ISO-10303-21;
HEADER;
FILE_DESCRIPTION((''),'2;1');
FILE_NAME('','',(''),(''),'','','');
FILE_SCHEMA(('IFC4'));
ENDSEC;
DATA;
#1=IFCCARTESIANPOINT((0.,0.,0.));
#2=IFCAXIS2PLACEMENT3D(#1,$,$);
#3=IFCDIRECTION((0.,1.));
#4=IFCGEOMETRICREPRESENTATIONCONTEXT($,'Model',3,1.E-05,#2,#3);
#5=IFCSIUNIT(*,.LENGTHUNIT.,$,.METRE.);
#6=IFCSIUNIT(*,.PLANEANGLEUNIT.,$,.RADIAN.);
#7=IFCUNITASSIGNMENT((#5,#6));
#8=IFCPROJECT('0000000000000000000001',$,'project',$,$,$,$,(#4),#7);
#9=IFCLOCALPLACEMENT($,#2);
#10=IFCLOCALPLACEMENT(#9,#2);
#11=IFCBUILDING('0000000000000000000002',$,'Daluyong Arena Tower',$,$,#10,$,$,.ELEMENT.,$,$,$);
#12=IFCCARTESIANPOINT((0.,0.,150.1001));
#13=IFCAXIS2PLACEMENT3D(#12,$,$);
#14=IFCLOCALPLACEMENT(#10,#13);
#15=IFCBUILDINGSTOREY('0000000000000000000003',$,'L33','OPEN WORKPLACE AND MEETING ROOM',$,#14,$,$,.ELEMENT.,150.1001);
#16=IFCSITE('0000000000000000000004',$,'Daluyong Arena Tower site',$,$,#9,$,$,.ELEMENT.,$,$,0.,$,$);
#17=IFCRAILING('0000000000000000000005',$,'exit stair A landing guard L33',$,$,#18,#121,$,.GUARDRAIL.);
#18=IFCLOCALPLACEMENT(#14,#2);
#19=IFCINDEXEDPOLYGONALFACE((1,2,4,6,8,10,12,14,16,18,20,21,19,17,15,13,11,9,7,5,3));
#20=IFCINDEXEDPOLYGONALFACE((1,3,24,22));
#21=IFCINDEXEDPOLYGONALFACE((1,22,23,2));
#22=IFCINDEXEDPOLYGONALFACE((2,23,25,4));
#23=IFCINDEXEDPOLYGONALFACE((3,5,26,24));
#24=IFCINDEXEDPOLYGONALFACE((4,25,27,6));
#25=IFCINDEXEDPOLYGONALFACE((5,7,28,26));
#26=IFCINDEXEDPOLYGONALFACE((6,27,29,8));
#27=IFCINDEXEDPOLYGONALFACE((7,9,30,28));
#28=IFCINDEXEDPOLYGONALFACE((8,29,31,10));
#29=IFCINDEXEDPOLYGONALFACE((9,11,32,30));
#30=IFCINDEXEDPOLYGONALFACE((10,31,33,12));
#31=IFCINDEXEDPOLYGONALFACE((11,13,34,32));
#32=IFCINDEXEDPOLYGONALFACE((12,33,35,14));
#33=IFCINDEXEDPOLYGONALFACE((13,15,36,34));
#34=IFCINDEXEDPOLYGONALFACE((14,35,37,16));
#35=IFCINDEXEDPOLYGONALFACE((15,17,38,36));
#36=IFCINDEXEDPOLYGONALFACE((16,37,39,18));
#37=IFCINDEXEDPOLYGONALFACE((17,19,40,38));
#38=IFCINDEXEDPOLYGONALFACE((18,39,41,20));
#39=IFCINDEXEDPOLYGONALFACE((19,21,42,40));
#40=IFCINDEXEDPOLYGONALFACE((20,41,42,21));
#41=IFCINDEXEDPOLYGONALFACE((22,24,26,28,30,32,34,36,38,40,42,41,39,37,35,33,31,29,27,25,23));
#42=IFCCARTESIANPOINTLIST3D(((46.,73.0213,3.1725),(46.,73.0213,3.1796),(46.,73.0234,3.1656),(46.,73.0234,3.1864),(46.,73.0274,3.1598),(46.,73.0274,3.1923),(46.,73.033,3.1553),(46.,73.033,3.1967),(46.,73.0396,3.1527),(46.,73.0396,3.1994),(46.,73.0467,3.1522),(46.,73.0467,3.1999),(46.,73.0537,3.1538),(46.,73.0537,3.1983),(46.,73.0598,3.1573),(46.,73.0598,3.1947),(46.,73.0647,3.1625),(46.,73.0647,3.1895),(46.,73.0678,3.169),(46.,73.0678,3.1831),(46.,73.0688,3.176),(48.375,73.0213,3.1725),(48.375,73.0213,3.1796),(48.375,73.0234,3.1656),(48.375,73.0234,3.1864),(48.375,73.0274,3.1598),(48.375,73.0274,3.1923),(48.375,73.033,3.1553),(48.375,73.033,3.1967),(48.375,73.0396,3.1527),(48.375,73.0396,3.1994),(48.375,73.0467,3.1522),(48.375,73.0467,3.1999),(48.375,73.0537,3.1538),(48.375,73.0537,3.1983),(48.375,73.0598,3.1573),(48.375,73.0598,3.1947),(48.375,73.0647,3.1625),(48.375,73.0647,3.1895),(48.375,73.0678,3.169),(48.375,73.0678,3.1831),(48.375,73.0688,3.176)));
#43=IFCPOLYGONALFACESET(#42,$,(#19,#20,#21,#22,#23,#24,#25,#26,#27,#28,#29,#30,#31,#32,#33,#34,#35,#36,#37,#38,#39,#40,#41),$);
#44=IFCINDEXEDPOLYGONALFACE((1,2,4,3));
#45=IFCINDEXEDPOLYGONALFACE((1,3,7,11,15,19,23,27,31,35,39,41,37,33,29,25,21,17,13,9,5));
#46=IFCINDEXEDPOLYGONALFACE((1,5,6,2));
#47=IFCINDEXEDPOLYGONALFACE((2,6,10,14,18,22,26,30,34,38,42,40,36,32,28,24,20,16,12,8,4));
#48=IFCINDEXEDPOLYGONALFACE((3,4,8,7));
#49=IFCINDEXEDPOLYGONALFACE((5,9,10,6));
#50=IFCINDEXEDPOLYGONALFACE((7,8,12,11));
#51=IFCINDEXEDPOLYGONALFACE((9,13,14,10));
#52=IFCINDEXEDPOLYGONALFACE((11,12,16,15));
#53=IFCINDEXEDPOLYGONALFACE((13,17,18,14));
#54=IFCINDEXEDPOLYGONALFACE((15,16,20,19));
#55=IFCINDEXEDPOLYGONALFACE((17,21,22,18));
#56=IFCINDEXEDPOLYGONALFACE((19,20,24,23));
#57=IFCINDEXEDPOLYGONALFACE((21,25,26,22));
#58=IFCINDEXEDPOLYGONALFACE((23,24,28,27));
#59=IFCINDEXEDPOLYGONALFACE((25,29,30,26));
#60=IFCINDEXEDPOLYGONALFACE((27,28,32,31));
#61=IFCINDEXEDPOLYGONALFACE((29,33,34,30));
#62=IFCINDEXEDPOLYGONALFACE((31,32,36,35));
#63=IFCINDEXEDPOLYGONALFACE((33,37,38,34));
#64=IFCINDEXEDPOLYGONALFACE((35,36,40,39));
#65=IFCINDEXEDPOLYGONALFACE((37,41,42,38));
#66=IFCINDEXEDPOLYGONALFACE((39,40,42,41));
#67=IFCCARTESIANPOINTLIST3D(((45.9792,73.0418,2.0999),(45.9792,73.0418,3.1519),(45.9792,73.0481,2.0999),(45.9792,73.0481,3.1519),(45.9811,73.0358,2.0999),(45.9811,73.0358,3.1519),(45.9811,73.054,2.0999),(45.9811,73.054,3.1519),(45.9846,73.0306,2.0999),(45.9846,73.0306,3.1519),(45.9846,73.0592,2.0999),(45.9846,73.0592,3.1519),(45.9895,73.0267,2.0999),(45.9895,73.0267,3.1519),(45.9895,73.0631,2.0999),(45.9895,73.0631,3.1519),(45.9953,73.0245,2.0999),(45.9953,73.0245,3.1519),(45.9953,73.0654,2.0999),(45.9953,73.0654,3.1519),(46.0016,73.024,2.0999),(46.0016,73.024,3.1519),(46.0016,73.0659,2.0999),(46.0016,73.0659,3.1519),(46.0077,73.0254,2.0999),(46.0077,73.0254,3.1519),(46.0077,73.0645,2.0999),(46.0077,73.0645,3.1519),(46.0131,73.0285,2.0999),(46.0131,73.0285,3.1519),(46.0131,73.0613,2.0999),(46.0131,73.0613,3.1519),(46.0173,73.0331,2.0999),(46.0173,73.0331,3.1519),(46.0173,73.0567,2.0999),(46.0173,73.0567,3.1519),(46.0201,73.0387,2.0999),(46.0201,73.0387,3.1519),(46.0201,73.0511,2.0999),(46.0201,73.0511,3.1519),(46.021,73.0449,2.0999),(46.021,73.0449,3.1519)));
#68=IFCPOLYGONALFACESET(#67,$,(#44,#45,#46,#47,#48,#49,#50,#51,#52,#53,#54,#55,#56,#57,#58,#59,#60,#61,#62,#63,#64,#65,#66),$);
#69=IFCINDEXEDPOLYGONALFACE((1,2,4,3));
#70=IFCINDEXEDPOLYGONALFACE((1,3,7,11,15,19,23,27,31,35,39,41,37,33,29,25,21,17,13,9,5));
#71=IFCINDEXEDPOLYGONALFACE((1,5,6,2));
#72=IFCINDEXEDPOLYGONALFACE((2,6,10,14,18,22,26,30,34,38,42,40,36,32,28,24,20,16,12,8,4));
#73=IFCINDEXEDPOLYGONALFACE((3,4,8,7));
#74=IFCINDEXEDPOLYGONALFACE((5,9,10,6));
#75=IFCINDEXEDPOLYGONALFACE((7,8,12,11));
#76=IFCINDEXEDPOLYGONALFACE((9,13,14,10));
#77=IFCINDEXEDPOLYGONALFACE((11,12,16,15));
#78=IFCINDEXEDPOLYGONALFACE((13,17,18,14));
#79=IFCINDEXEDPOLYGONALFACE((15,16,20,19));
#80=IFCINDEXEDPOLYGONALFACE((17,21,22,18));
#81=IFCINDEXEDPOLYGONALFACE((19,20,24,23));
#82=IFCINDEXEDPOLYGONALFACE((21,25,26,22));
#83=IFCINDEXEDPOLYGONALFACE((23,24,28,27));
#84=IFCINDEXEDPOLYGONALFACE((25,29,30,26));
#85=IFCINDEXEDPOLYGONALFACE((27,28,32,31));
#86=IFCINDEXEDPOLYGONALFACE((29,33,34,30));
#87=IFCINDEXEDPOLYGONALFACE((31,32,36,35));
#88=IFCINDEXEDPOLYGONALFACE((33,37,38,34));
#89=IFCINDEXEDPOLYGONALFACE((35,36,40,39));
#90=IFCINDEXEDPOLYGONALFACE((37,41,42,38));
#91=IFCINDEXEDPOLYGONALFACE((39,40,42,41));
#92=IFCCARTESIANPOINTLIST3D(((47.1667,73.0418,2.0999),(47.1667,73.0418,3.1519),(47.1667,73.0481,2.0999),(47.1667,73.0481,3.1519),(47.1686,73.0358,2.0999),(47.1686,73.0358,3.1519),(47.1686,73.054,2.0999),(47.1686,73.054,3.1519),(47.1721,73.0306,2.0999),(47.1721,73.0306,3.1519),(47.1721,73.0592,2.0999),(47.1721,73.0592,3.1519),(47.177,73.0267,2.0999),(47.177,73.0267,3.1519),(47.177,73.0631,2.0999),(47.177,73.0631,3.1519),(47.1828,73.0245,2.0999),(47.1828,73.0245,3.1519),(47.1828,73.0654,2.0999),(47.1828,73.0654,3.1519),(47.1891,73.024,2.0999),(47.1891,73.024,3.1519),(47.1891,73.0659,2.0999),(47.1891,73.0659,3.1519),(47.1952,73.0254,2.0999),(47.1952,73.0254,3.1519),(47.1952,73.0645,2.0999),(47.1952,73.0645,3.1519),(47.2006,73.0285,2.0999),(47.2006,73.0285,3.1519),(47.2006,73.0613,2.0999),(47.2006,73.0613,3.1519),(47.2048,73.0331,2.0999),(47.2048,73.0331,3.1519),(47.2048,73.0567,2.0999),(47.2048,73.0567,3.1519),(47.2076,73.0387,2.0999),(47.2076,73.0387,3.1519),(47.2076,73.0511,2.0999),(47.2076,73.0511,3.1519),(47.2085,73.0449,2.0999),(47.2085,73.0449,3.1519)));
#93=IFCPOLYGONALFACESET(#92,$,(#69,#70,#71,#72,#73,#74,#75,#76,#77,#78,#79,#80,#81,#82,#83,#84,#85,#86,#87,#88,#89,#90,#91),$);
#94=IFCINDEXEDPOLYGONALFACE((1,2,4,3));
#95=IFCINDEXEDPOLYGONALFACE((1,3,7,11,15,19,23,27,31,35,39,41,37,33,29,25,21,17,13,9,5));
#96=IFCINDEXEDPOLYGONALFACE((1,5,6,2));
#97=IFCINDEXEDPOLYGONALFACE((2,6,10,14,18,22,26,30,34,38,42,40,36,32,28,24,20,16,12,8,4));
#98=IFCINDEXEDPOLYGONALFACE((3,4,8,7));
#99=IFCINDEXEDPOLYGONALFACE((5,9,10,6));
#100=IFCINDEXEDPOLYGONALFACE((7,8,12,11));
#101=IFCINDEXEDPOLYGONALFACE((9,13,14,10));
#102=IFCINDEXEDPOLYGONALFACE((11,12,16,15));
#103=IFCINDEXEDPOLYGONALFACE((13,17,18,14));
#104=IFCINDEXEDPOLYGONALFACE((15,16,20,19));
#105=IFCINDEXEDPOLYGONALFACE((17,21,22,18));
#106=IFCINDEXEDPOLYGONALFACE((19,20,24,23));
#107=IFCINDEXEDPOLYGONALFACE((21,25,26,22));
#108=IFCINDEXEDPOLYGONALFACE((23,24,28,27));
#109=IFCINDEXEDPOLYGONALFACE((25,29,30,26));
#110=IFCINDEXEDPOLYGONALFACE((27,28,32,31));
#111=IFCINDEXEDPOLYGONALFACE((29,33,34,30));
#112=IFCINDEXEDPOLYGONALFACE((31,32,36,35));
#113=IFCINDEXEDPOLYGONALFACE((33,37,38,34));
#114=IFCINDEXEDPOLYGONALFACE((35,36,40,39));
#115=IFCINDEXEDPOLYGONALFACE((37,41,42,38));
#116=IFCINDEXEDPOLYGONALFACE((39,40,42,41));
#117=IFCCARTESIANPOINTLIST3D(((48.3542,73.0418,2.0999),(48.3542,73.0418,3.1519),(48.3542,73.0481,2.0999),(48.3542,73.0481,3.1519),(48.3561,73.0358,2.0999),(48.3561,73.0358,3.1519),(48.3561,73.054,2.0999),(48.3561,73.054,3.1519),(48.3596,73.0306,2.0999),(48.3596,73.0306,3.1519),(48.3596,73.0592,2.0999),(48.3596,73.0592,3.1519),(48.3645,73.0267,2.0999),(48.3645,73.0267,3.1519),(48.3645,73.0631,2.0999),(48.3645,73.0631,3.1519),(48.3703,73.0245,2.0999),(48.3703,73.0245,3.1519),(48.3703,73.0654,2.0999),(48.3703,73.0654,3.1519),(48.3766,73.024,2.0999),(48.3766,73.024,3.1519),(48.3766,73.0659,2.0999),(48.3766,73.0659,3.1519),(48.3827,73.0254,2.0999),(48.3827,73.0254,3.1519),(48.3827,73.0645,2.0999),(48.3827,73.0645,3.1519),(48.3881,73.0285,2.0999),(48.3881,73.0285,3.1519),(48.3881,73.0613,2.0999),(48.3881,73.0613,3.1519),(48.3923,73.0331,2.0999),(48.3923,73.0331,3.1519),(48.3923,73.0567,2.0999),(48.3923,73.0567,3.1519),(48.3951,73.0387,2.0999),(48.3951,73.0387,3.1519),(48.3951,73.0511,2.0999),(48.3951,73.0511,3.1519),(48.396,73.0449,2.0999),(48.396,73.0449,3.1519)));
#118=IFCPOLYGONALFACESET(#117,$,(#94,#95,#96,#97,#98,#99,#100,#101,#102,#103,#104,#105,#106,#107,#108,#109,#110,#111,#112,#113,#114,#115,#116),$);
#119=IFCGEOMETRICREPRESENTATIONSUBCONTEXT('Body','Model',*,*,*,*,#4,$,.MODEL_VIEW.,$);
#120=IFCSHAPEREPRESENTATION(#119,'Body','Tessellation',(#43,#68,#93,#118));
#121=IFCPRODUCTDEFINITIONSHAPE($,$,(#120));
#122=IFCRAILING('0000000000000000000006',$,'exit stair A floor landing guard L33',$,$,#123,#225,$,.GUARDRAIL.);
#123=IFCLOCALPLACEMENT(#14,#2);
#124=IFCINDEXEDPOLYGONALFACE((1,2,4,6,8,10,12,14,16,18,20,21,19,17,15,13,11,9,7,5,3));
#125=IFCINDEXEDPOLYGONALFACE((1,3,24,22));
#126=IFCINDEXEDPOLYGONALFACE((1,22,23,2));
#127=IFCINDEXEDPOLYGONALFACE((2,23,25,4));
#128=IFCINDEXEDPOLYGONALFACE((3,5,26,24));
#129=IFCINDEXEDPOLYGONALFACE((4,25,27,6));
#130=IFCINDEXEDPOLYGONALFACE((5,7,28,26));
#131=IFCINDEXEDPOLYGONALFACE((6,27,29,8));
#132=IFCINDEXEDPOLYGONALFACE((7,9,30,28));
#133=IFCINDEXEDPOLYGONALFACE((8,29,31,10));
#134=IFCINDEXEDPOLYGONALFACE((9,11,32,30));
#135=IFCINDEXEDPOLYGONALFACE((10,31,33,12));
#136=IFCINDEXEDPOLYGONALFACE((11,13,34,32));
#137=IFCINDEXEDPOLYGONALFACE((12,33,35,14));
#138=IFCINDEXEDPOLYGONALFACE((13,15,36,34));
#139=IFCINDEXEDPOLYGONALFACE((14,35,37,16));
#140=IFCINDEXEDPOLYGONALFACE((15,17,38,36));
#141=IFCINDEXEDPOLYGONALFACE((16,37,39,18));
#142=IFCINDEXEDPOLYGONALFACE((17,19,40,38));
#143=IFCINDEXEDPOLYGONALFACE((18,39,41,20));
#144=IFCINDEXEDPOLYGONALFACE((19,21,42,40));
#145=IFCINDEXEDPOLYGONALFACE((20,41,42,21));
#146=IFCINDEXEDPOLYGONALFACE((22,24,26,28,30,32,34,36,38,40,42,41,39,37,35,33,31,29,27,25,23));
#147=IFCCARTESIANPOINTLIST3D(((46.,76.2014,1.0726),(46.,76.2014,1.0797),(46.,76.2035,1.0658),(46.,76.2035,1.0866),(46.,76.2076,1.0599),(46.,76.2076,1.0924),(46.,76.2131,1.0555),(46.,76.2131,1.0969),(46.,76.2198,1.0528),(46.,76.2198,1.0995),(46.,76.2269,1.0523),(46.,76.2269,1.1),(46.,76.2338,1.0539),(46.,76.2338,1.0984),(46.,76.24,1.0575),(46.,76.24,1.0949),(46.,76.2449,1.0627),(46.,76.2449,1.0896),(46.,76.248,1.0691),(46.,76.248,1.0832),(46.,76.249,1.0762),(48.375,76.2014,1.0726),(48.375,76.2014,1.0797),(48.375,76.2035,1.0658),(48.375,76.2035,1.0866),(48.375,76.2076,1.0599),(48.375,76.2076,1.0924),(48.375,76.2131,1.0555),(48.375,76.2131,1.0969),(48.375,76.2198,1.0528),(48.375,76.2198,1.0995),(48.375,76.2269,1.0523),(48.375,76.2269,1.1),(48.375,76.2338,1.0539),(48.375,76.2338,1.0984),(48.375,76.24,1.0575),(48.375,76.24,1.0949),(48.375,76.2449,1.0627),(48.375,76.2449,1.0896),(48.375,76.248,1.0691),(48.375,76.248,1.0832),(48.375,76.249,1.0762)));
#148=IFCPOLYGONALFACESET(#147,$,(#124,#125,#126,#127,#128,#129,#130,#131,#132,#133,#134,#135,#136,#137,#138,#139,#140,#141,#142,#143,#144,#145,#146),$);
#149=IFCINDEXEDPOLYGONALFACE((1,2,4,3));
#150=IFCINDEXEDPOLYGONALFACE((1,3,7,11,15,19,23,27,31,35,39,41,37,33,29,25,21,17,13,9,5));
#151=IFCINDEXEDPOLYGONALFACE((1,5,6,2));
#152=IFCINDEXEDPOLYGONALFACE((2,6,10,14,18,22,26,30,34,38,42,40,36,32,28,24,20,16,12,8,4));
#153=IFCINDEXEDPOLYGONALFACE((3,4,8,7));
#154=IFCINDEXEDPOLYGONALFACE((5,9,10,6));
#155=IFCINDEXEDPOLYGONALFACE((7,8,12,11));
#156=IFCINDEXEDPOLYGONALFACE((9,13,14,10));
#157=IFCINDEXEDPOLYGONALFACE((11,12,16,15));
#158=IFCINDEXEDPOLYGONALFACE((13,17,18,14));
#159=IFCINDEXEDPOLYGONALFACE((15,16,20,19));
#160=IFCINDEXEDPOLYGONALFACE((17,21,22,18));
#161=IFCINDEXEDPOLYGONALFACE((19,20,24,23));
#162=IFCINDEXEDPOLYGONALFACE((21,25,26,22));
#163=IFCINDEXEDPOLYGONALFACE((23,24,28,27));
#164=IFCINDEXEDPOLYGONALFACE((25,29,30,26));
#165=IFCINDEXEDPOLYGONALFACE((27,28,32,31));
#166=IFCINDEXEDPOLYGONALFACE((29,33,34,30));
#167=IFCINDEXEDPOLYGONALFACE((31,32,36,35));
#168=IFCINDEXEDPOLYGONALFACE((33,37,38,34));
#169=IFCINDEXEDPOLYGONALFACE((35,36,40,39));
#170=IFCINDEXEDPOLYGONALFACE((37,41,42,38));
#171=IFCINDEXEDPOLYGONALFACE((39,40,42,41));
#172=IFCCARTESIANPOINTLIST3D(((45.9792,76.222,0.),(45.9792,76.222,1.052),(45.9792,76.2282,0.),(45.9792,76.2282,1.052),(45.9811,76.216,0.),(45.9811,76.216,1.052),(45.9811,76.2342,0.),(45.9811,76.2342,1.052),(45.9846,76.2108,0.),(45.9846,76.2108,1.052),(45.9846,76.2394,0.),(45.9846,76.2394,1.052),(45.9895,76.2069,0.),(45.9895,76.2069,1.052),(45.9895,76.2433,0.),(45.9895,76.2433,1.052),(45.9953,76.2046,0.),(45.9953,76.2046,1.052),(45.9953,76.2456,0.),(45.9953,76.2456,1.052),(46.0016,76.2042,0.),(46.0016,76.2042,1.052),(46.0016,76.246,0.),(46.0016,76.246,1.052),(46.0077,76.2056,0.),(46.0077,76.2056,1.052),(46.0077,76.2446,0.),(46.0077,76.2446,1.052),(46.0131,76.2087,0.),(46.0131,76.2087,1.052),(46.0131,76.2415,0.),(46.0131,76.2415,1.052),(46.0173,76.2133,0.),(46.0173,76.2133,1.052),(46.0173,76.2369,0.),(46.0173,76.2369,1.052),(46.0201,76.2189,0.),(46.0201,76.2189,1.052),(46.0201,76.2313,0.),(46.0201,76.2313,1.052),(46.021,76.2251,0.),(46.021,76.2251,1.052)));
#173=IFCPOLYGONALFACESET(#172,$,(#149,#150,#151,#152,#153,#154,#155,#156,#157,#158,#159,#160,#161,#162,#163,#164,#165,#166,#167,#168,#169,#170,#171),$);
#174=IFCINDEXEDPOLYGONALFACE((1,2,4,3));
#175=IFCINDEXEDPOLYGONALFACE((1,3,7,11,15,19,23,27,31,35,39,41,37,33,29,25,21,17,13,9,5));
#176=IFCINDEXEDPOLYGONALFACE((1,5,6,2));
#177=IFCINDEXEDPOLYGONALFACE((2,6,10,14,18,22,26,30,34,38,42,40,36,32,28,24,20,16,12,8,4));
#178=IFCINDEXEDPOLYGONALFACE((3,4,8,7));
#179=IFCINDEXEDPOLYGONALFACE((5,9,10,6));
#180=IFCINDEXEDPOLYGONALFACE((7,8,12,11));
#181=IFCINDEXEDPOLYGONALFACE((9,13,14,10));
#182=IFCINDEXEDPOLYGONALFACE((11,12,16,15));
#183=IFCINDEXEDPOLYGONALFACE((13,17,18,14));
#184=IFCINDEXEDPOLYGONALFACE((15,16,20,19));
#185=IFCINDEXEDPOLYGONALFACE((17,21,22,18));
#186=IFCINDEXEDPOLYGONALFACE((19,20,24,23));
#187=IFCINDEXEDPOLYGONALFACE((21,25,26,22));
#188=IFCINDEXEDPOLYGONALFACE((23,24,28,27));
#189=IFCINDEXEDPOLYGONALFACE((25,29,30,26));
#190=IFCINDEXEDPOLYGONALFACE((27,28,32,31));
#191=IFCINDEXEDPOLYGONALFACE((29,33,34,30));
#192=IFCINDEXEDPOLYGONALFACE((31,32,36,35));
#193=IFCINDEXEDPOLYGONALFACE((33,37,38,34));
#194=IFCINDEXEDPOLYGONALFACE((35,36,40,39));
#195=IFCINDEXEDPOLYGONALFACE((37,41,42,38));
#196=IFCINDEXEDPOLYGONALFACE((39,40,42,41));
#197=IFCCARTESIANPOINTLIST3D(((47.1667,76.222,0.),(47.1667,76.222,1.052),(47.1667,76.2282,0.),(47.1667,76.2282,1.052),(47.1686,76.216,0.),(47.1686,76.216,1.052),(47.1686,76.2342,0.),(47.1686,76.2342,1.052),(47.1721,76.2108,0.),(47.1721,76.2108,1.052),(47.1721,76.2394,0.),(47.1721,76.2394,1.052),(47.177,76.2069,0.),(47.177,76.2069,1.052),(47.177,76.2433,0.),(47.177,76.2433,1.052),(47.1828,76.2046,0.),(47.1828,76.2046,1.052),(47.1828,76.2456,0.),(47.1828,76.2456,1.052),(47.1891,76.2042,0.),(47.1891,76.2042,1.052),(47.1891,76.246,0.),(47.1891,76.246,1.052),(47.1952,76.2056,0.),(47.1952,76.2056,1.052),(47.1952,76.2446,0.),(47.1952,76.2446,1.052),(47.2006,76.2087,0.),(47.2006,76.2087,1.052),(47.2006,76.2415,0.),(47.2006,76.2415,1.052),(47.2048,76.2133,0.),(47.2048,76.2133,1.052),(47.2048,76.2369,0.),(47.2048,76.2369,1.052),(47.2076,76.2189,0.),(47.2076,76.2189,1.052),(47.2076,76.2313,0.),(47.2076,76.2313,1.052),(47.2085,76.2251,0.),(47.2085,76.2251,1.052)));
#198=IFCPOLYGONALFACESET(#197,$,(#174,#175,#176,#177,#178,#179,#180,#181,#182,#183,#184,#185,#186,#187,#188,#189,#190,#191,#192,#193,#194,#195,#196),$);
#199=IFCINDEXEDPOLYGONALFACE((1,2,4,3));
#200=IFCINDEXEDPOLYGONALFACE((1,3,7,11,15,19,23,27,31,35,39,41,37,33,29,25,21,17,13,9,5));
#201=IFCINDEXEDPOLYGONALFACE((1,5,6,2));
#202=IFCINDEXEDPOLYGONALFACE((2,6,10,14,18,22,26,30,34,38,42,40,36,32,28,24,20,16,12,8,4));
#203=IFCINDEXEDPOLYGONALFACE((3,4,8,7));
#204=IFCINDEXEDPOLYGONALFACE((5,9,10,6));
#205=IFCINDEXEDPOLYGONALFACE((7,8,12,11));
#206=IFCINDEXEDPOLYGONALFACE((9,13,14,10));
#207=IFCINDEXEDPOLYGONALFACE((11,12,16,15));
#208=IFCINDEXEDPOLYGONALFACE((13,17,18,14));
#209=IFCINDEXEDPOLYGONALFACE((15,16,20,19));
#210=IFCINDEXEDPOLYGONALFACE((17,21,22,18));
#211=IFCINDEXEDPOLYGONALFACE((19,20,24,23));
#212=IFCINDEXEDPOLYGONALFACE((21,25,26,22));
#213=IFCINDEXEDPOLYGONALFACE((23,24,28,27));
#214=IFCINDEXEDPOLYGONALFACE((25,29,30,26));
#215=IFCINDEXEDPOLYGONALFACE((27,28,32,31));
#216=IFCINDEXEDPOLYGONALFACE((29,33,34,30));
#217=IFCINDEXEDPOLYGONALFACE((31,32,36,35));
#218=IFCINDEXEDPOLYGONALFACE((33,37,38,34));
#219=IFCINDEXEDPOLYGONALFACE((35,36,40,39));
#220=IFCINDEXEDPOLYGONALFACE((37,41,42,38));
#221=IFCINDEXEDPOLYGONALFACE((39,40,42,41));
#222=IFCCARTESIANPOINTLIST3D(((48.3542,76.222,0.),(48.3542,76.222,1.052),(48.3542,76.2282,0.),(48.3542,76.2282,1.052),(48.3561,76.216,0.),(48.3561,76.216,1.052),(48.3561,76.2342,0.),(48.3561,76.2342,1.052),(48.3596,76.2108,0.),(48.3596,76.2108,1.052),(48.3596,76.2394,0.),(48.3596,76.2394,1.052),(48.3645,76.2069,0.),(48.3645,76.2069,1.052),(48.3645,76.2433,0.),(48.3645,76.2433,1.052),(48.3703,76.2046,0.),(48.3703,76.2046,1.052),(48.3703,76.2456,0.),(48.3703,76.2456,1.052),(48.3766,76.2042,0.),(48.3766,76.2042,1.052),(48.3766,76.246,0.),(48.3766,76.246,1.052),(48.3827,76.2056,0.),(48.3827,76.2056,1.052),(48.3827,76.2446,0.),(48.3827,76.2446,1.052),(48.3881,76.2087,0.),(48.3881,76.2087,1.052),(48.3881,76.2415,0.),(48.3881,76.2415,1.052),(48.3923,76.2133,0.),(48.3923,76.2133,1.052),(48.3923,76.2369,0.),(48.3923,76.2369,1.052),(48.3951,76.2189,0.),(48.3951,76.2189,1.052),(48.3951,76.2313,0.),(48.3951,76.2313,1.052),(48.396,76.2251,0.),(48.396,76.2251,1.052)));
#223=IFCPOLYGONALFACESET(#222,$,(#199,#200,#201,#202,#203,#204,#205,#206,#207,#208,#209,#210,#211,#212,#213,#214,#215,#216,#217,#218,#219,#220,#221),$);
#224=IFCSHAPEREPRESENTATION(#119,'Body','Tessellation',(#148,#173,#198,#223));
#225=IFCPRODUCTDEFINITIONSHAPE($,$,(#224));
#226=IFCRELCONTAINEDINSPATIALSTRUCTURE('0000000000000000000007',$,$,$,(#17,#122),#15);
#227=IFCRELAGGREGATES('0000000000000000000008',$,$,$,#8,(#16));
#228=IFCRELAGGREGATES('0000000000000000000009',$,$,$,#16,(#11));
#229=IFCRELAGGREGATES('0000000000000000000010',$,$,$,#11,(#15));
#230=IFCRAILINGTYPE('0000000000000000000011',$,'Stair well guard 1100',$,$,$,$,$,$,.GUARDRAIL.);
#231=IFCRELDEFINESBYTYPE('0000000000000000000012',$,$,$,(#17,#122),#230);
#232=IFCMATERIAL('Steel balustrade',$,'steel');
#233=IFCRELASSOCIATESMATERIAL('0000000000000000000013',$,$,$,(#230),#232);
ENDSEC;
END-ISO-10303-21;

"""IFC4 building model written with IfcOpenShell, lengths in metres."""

from ifc_helpers import new_model, si_unit, direction, frame, origin, origin_2d, place, context, subcontext, project, spatial, circle, extrude, material, type_object, element, save


model = new_model("IFC4")

# Units and contexts
model_context = context("Model", 3, precision=1e-05, world=origin(), true_north=direction((0.0, 1.0)))
body_context = subcontext(model_context, "Body", "Model", "MODEL_VIEW")
ifc_project = project(units=[si_unit("LENGTHUNIT", "METRE"), si_unit("PLANEANGLEUNIT", "RADIAN")], contexts=[model_context])

# Site, building, storey
site_placement = place(None, origin())
site = spatial("IfcSite", under=ifc_project, at=site_placement, Name="Daluyong Arena Tower site", CompositionType="ELEMENT", RefElevation=0.0)
building_placement = place(site_placement, origin())
building = spatial("IfcBuilding", under=site, at=building_placement, Name="Daluyong Arena Tower", CompositionType="ELEMENT")
storey_placement = place(building_placement, frame((0.0, 0.0, 150.1001)))
storey = spatial("IfcBuildingStorey", under=building, at=storey_placement, Name="L33", Description="OPEN WORKPLACE AND MEETING ROOM", CompositionType="ELEMENT", Elevation=150.1001)

# Railings
ifc_material_1 = material(Name="Steel balustrade", Category="steel")
railing_type_1 = type_object("IfcRailingType", Name="Stair well guard 1100", PredefinedType="GUARDRAIL", material=ifc_material_1)
for number, where, name in (
    (1, (46.0, 73.0449, 2.0999), "exit stair A landing guard L33"),
    (2, (46.0, 76.2251, 0.0), "exit stair A floor landing guard L33"),
):
    element("IfcRailing", number, at=place(storey_placement, frame(where)), inside=storey, type_object=railing_type_1, Name=name, PredefinedType="GUARDRAIL", context=body_context, shape_type="SweptSolid", body=[
        extrude(circle(Radius=0.0239, at=origin_2d()), frame((0.0, 0.0, 1.0762), z_axis=(1.0, 0.0, 0.0), x_axis=(0.0, 1.0, 0.0)), (0.0, 0.0, 1.0), 2.375),
        extrude(circle(Radius=0.021, at=origin_2d()), origin(), (0.0, 0.0, 1.0), 1.052),
        extrude(circle(Radius=0.021, at=origin_2d()), frame((1.1875, 0.0, 0.0)), (0.0, 0.0, 1.0), 1.052),
        extrude(circle(Radius=0.021, at=origin_2d()), frame((2.375, 0.0, 0.0)), (0.0, 0.0, 1.0), 1.052),
    ])

save(model, "model.ifc")
